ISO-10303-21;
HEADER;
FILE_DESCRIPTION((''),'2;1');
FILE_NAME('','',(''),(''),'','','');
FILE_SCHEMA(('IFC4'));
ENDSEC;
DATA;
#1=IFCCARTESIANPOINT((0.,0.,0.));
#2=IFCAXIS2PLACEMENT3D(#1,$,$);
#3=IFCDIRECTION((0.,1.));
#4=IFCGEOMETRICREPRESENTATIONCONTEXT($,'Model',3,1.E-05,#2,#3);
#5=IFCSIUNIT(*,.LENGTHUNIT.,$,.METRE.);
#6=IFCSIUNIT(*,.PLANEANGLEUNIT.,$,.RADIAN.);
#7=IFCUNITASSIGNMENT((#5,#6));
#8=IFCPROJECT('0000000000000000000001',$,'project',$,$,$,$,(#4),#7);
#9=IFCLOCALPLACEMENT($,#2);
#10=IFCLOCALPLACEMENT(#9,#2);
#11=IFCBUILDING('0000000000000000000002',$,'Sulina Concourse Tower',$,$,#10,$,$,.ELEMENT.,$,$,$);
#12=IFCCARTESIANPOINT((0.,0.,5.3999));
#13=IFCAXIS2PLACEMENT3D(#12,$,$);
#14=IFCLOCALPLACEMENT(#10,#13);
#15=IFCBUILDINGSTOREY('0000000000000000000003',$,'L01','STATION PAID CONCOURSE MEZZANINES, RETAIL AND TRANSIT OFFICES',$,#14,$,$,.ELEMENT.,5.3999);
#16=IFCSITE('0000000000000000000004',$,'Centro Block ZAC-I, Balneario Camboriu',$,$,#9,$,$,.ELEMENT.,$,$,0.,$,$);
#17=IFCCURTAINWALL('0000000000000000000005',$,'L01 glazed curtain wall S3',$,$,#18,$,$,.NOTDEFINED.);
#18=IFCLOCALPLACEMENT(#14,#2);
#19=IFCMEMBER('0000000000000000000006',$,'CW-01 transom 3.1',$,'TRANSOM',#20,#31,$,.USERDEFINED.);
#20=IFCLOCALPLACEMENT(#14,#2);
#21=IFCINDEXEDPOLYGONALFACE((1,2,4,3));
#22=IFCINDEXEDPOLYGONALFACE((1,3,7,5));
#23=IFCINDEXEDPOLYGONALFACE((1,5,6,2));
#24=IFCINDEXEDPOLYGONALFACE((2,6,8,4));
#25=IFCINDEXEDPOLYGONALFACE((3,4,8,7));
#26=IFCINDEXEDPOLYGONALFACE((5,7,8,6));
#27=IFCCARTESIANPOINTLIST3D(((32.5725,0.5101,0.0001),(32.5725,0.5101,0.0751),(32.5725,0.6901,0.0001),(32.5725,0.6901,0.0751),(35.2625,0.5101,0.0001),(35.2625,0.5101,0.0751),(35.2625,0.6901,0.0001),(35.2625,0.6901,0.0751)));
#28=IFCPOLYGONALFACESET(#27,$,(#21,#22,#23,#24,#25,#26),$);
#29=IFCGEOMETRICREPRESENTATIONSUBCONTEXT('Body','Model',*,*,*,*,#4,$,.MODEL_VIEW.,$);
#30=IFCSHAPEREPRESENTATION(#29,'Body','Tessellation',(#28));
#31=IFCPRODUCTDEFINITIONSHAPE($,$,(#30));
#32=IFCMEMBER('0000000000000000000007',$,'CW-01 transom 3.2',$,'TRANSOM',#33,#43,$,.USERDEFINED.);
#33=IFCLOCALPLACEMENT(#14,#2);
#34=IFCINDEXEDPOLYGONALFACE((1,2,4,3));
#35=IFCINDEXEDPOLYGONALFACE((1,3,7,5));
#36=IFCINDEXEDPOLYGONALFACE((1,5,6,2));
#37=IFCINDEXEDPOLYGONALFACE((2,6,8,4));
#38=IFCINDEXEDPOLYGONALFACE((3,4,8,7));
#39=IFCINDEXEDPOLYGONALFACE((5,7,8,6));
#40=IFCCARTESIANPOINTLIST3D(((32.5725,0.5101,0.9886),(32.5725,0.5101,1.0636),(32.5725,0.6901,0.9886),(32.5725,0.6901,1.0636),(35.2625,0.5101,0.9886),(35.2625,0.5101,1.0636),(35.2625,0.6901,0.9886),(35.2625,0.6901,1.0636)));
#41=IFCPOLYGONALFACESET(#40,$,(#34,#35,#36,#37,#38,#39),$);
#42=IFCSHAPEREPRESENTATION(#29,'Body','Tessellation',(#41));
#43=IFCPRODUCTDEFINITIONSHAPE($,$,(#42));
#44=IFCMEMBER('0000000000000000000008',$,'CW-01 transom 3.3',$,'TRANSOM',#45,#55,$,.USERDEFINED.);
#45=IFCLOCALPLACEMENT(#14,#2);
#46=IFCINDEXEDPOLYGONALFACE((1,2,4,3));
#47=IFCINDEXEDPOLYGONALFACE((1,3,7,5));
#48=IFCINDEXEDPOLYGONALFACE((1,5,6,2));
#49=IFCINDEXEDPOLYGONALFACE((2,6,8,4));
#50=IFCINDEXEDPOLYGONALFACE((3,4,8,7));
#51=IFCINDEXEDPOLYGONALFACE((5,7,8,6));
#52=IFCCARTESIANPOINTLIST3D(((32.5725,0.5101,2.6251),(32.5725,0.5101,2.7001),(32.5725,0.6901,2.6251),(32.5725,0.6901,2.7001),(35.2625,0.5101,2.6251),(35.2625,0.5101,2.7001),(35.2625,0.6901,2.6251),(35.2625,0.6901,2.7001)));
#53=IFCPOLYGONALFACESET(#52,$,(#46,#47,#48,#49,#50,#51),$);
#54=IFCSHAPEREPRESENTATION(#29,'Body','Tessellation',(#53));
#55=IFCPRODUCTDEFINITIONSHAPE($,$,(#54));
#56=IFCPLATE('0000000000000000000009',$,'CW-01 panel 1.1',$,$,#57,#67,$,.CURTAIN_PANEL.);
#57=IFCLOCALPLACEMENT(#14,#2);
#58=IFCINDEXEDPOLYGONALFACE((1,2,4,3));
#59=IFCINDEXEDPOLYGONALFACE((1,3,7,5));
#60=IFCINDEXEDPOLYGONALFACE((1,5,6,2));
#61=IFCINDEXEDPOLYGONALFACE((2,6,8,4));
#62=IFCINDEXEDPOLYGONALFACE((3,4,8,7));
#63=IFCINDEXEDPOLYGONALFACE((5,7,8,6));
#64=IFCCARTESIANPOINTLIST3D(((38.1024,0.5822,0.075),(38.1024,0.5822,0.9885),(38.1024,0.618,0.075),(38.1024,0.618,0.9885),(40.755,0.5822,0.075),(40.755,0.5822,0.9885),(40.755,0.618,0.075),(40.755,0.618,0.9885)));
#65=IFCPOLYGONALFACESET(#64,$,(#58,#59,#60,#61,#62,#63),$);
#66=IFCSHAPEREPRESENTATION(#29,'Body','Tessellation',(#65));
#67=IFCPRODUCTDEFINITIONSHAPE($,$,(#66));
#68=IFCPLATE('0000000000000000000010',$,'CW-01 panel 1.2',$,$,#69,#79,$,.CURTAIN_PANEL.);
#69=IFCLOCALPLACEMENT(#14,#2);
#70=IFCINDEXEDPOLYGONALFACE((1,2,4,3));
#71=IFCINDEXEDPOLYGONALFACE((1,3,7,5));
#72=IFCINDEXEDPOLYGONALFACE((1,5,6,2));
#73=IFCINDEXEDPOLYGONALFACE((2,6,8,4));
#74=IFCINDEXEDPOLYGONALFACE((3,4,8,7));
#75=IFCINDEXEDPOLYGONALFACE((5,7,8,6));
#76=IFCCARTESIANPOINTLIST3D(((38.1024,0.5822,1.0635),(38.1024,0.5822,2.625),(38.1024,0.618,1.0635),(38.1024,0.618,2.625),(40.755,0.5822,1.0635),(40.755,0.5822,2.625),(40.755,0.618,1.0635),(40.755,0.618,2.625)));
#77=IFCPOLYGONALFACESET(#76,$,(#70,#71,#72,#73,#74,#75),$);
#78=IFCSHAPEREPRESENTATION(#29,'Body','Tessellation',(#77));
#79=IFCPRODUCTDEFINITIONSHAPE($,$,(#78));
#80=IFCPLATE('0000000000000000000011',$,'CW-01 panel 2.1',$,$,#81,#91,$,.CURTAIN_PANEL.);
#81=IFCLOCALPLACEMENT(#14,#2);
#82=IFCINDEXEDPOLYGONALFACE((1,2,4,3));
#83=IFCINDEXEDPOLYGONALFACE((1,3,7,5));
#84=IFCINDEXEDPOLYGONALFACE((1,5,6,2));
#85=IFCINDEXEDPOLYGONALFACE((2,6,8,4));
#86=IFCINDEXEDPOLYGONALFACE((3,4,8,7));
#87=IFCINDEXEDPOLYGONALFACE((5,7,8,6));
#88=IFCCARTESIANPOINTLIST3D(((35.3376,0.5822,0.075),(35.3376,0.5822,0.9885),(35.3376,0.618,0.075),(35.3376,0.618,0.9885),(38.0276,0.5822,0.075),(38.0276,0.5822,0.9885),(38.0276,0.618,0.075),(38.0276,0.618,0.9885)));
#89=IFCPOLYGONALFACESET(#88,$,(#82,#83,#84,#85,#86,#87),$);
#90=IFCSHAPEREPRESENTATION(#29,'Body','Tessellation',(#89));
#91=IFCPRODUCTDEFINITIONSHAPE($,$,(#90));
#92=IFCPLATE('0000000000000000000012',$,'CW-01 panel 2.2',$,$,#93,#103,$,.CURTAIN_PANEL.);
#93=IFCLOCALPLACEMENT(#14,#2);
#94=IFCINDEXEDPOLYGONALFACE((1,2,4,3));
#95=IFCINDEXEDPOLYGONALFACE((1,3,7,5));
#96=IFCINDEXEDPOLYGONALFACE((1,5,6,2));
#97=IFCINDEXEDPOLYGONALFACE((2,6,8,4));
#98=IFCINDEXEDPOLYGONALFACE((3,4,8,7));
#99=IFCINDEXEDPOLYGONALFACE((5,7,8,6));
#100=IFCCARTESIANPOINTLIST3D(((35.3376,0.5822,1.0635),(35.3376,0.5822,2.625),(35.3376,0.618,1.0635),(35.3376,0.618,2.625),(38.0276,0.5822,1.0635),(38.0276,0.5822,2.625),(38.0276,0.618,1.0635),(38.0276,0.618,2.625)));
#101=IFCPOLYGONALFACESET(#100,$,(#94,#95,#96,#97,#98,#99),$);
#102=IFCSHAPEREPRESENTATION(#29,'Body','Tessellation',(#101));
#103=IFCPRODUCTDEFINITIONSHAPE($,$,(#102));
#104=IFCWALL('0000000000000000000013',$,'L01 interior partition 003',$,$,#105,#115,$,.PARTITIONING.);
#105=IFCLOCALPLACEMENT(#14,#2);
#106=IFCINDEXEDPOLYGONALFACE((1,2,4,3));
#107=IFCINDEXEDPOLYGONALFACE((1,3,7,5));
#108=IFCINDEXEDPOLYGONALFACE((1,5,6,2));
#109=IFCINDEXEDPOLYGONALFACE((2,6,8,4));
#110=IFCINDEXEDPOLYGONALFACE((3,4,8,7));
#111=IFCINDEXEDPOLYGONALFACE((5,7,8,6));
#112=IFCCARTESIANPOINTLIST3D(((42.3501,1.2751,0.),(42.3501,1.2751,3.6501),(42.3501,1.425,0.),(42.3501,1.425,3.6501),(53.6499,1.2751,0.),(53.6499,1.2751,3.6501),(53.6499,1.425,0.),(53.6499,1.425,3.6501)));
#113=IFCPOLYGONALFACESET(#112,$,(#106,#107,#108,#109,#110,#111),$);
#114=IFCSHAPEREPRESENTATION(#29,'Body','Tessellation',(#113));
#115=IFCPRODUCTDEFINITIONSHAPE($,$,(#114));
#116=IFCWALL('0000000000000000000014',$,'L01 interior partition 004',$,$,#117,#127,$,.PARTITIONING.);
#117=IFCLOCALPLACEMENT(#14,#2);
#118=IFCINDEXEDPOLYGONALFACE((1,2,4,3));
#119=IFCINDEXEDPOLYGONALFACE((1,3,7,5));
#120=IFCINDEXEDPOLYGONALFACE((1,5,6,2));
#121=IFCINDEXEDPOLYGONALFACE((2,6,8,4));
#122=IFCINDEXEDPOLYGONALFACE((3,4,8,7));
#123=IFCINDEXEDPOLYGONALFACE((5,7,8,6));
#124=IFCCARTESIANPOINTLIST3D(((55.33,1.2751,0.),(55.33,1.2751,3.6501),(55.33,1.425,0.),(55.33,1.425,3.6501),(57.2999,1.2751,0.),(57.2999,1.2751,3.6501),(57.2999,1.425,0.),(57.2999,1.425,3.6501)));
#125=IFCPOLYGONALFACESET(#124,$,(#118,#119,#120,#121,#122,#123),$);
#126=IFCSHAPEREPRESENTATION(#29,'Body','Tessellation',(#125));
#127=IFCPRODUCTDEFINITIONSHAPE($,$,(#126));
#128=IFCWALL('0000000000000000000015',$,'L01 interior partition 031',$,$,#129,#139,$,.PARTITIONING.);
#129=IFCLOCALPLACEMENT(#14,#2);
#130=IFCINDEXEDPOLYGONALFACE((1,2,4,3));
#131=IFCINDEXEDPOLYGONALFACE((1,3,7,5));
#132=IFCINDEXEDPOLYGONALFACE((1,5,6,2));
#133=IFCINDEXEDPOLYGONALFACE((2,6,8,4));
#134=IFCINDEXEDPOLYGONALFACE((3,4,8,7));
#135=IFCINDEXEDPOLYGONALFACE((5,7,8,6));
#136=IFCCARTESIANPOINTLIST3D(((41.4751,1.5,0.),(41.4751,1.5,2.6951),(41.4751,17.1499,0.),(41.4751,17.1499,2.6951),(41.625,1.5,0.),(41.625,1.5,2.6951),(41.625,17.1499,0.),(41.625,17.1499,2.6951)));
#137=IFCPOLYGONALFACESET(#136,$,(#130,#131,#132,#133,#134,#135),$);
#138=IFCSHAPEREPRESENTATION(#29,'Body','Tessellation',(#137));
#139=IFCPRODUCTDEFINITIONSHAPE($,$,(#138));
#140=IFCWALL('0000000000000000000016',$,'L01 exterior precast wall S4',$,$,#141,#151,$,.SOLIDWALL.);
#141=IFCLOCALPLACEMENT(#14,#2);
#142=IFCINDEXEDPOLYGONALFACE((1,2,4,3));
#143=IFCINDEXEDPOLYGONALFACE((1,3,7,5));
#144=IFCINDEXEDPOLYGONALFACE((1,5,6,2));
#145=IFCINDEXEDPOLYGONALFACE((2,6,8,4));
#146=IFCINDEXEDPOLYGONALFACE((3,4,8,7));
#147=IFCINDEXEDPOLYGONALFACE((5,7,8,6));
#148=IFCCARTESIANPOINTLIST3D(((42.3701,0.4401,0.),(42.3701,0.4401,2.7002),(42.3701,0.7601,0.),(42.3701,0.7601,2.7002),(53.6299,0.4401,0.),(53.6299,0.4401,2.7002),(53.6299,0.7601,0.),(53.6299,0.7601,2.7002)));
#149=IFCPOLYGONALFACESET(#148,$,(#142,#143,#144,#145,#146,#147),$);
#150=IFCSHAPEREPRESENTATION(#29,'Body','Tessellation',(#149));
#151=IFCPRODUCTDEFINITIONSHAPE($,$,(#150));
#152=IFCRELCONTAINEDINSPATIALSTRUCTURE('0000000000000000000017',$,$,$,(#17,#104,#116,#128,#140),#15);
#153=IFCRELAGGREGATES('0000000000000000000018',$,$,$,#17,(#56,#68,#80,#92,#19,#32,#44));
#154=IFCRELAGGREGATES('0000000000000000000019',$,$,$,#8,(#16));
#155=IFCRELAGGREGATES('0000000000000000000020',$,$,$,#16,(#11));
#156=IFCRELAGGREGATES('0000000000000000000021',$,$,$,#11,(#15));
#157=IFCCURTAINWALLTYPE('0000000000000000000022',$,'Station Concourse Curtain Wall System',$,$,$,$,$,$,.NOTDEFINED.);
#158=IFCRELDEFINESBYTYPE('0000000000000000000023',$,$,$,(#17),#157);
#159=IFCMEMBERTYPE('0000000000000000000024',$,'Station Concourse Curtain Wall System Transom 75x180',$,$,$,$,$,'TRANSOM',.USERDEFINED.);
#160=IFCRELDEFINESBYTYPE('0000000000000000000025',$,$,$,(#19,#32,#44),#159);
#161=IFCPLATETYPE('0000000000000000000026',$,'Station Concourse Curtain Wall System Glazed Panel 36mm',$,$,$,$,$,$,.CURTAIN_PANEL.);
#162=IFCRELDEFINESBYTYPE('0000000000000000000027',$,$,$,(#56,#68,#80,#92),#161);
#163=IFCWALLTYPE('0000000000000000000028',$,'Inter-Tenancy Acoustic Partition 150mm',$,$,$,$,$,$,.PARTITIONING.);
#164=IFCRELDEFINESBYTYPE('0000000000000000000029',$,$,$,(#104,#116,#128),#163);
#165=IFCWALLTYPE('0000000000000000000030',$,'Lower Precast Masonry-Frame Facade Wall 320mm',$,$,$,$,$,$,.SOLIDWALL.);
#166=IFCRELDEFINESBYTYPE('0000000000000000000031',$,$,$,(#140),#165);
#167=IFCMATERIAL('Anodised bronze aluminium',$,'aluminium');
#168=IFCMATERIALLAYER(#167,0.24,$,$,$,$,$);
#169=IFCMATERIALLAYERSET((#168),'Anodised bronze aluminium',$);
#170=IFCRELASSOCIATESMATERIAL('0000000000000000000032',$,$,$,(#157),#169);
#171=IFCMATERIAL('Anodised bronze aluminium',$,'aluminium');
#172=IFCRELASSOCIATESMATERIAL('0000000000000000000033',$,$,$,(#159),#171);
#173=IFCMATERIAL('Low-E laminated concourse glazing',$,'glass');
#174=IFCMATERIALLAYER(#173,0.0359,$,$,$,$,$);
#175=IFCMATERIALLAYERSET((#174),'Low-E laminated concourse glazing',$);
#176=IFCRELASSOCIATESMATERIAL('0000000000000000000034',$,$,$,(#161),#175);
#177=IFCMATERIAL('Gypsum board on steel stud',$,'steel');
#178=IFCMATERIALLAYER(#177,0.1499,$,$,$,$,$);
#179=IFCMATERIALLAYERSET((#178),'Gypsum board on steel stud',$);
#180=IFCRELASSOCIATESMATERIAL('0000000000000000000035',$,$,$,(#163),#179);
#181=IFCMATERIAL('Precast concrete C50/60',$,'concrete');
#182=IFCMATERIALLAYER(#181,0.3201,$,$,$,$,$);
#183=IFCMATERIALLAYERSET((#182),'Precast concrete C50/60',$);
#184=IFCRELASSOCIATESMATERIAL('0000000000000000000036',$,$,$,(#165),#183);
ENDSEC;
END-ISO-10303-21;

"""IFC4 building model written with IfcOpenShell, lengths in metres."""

from ifc_helpers import new_model, si_unit, direction, frame, frame_2d, origin, origin_2d, place, context, subcontext, project, spatial, rectangle, extrude, material, layer, layer_set, material_profile, profile_set, type_object, element, aggregate, save


model = new_model("IFC4")

# Units and contexts
model_context = context("Model", 3, precision=1e-05, world=origin(), true_north=direction((0.0, 1.0)))
body_context = subcontext(model_context, "Body", "Model", "MODEL_VIEW")
ifc_project = project(units=[si_unit("LENGTHUNIT", "METRE"), si_unit("PLANEANGLEUNIT", "RADIAN")], contexts=[model_context])

# Site, building, storey
site_placement = place(None, origin())
site = spatial("IfcSite", under=ifc_project, at=site_placement, Name="Centro Block ZAC-I, Balneario Camboriu", CompositionType="ELEMENT", RefElevation=0.0)
building_placement = place(site_placement, origin())
building = spatial("IfcBuilding", under=site, at=building_placement, Name="Sulina Concourse Tower", CompositionType="ELEMENT")
storey_placement = place(building_placement, frame((0.0, 0.0, 5.3999)))
storey = spatial("IfcBuildingStorey", under=building, at=storey_placement, Name="L01", Description="STATION PAID CONCOURSE MEZZANINES, RETAIL AND TRANSIT OFFICES", CompositionType="ELEMENT", Elevation=5.3999)

# Curtain wall, members, plates
ifc_material_1 = material(Name="Anodised bronze aluminium", Category="aluminium")
ifc_layer_1 = layer(ifc_material_1, 0.24)
ifc_layer_set_1 = layer_set([ifc_layer_1], Name="Anodised bronze aluminium")
curtain_wall_type = type_object("IfcCurtainWallType", Name="Station Concourse Curtain Wall System", PredefinedType="NOTDEFINED", material=ifc_layer_set_1)
curtain_wall_placement = place(storey_placement, origin())
curtain_wall = element("IfcCurtainWall", 1, at=curtain_wall_placement, inside=storey, type_object=curtain_wall_type, Name="L01 glazed curtain wall S3", PredefinedType="NOTDEFINED")
ifc_material_2 = material(Name="Anodised bronze aluminium", Category="aluminium")
ifc_material_profile_1 = material_profile(ifc_material_2, rectangle(XDim=0.1799, YDim=0.075, at=origin_2d()), Name="TRN 75x180")
ifc_profile_set_1 = profile_set([ifc_material_profile_1], Name="Anodised bronze aluminium")
member_type_1 = type_object("IfcMemberType", Name="Station Concourse Curtain Wall System Transom 75x180", ElementType="TRANSOM", PredefinedType="USERDEFINED", material=ifc_profile_set_1)
member_1_placement = place(storey_placement, frame((35.2625, 0.6001, 0.0376), z_axis=(-1.0, 0.0, 0.0), x_axis=(0.0, -1.0, 0.0)))
member_1 = element("IfcMember", 2, at=member_1_placement, type_object=member_type_1, Name="CW-01 transom 3.1", ObjectType="TRANSOM", PredefinedType="USERDEFINED", context=body_context, shape_type="SweptSolid", body=[
    extrude(rectangle(XDim=0.1799, YDim=0.075, at=origin_2d()), origin(), (0.0, 0.0, 1.0), 2.6899),
])
member_2_placement = place(storey_placement, frame((35.2625, 0.6001, 1.0261), z_axis=(-1.0, 0.0, 0.0), x_axis=(0.0, -1.0, 0.0)))
member_2 = element("IfcMember", 3, at=member_2_placement, type_object=member_type_1, Name="CW-01 transom 3.2", ObjectType="TRANSOM", PredefinedType="USERDEFINED", context=body_context, shape_type="SweptSolid", body=[
    extrude(rectangle(XDim=0.1799, YDim=0.075, at=origin_2d()), origin(), (0.0, 0.0, 1.0), 2.6899),
])
member_3_placement = place(storey_placement, frame((35.2625, 0.6001, 2.6626), z_axis=(-1.0, 0.0, 0.0), x_axis=(0.0, -1.0, 0.0)))
member_3 = element("IfcMember", 4, at=member_3_placement, type_object=member_type_1, Name="CW-01 transom 3.3", ObjectType="TRANSOM", PredefinedType="USERDEFINED", context=body_context, shape_type="SweptSolid", body=[
    extrude(rectangle(XDim=0.1799, YDim=0.075, at=origin_2d()), origin(), (0.0, 0.0, 1.0), 2.6899),
])
ifc_material_3 = material(Name="Low-E laminated concourse glazing", Category="glass")
ifc_layer_2 = layer(ifc_material_3, 0.0359)
ifc_layer_set_2 = layer_set([ifc_layer_2], Name="Low-E laminated concourse glazing")
plate_type = type_object("IfcPlateType", Name="Station Concourse Curtain Wall System Glazed Panel 36mm", PredefinedType="CURTAIN_PANEL", material=ifc_layer_set_2)
plate_1_placement = place(storey_placement, frame((39.4287, 0.6001, 0.075), z_axis=(0.0, 0.0, 1.0), x_axis=(-1.0, 0.0, 0.0)))
plate_1 = element("IfcPlate", 5, at=plate_1_placement, type_object=plate_type, Name="CW-01 panel 1.1", PredefinedType="CURTAIN_PANEL", context=body_context, shape_type="SweptSolid", body=[
    extrude(rectangle(XDim=2.6526, YDim=0.0359, at=origin_2d()), origin(), (0.0, 0.0, 1.0), 0.9136),
])
plate_2_placement = place(storey_placement, frame((39.4287, 0.6001, 1.0635), z_axis=(0.0, 0.0, 1.0), x_axis=(-1.0, 0.0, 0.0)))
plate_2 = element("IfcPlate", 6, at=plate_2_placement, type_object=plate_type, Name="CW-01 panel 1.2", PredefinedType="CURTAIN_PANEL", context=body_context, shape_type="SweptSolid", body=[
    extrude(rectangle(XDim=2.6526, YDim=0.0359, at=origin_2d()), origin(), (0.0, 0.0, 1.0), 1.5615),
])
plate_3_placement = place(storey_placement, frame((36.6826, 0.6001, 0.075), z_axis=(0.0, 0.0, 1.0), x_axis=(-1.0, 0.0, 0.0)))
plate_3 = element("IfcPlate", 7, at=plate_3_placement, type_object=plate_type, Name="CW-01 panel 2.1", PredefinedType="CURTAIN_PANEL", context=body_context, shape_type="SweptSolid", body=[
    extrude(rectangle(XDim=2.6899, YDim=0.0359, at=origin_2d()), origin(), (0.0, 0.0, 1.0), 0.9136),
])
plate_4_placement = place(storey_placement, frame((36.6826, 0.6001, 1.0635), z_axis=(0.0, 0.0, 1.0), x_axis=(-1.0, 0.0, 0.0)))
plate_4 = element("IfcPlate", 8, at=plate_4_placement, type_object=plate_type, Name="CW-01 panel 2.2", PredefinedType="CURTAIN_PANEL", context=body_context, shape_type="SweptSolid", body=[
    extrude(rectangle(XDim=2.6899, YDim=0.0359, at=origin_2d()), origin(), (0.0, 0.0, 1.0), 1.5615),
])
aggregate(curtain_wall, [plate_1, plate_2, plate_3, plate_4, member_1, member_2, member_3])

# Walls
ifc_material_4 = material(Name="Gypsum board on steel stud", Category="steel")
ifc_layer_3 = layer(ifc_material_4, 0.1499)
ifc_layer_set_3 = layer_set([ifc_layer_3], Name="Gypsum board on steel stud")
wall_type_1 = type_object("IfcWallType", Name="Inter-Tenancy Acoustic Partition 150mm", PredefinedType="PARTITIONING", material=ifc_layer_set_3)
wall_1_placement = place(storey_placement, frame((42.3501, 1.3501, 0.0), z_axis=(0.0, 0.0, 1.0), x_axis=(1.0, 0.0, 0.0)))
element("IfcWall", 9, at=wall_1_placement, inside=storey, type_object=wall_type_1, Name="L01 interior partition 003", PredefinedType="PARTITIONING", context=body_context, shape_type="SweptSolid", body=[
    extrude(rectangle(XDim=11.2998, YDim=0.1499, at=frame_2d((5.6499, 0.0))), origin(), (0.0, 0.0, 1.0), 3.6501),
])
wall_2_placement = place(storey_placement, frame((55.3301, 1.3501, 0.0), z_axis=(0.0, 0.0, 1.0), x_axis=(1.0, 0.0, 0.0)))
element("IfcWall", 10, at=wall_2_placement, inside=storey, type_object=wall_type_1, Name="L01 interior partition 004", PredefinedType="PARTITIONING", context=body_context, shape_type="SweptSolid", body=[
    extrude(rectangle(XDim=1.97, YDim=0.1499, at=frame_2d((0.9849, 0.0))), origin(), (0.0, 0.0, 1.0), 3.6501),
])
wall_3_placement = place(storey_placement, frame((41.55, 1.5, 0.0), z_axis=(0.0, 0.0, 1.0), x_axis=(0.0, 1.0, 0.0)))
element("IfcWall", 11, at=wall_3_placement, inside=storey, type_object=wall_type_1, Name="L01 interior partition 031", PredefinedType="PARTITIONING", context=body_context, shape_type="SweptSolid", body=[
    extrude(rectangle(XDim=15.6499, YDim=0.1499, at=frame_2d((7.825, 0.0))), origin(), (0.0, 0.0, 1.0), 2.6951),
])
ifc_material_5 = material(Name="Precast concrete C50/60", Category="concrete")
ifc_layer_4 = layer(ifc_material_5, 0.3201)
ifc_layer_set_4 = layer_set([ifc_layer_4], Name="Precast concrete C50/60")
wall_type_2 = type_object("IfcWallType", Name="Lower Precast Masonry-Frame Facade Wall 320mm", PredefinedType="SOLIDWALL", material=ifc_layer_set_4)
wall_4_placement = place(storey_placement, frame((53.6299, 0.6001, 0.0), z_axis=(0.0, 0.0, 1.0), x_axis=(-1.0, 0.0, 0.0)))
element("IfcWall", 12, at=wall_4_placement, inside=storey, type_object=wall_type_2, Name="L01 exterior precast wall S4", PredefinedType="SOLIDWALL", context=body_context, shape_type="SweptSolid", body=[
    extrude(rectangle(XDim=11.2598, YDim=0.3201, at=frame_2d((5.6299, 0.0))), origin(), (0.0, 0.0, 1.0), 2.7002),
])

save(model, "model.ifc")
